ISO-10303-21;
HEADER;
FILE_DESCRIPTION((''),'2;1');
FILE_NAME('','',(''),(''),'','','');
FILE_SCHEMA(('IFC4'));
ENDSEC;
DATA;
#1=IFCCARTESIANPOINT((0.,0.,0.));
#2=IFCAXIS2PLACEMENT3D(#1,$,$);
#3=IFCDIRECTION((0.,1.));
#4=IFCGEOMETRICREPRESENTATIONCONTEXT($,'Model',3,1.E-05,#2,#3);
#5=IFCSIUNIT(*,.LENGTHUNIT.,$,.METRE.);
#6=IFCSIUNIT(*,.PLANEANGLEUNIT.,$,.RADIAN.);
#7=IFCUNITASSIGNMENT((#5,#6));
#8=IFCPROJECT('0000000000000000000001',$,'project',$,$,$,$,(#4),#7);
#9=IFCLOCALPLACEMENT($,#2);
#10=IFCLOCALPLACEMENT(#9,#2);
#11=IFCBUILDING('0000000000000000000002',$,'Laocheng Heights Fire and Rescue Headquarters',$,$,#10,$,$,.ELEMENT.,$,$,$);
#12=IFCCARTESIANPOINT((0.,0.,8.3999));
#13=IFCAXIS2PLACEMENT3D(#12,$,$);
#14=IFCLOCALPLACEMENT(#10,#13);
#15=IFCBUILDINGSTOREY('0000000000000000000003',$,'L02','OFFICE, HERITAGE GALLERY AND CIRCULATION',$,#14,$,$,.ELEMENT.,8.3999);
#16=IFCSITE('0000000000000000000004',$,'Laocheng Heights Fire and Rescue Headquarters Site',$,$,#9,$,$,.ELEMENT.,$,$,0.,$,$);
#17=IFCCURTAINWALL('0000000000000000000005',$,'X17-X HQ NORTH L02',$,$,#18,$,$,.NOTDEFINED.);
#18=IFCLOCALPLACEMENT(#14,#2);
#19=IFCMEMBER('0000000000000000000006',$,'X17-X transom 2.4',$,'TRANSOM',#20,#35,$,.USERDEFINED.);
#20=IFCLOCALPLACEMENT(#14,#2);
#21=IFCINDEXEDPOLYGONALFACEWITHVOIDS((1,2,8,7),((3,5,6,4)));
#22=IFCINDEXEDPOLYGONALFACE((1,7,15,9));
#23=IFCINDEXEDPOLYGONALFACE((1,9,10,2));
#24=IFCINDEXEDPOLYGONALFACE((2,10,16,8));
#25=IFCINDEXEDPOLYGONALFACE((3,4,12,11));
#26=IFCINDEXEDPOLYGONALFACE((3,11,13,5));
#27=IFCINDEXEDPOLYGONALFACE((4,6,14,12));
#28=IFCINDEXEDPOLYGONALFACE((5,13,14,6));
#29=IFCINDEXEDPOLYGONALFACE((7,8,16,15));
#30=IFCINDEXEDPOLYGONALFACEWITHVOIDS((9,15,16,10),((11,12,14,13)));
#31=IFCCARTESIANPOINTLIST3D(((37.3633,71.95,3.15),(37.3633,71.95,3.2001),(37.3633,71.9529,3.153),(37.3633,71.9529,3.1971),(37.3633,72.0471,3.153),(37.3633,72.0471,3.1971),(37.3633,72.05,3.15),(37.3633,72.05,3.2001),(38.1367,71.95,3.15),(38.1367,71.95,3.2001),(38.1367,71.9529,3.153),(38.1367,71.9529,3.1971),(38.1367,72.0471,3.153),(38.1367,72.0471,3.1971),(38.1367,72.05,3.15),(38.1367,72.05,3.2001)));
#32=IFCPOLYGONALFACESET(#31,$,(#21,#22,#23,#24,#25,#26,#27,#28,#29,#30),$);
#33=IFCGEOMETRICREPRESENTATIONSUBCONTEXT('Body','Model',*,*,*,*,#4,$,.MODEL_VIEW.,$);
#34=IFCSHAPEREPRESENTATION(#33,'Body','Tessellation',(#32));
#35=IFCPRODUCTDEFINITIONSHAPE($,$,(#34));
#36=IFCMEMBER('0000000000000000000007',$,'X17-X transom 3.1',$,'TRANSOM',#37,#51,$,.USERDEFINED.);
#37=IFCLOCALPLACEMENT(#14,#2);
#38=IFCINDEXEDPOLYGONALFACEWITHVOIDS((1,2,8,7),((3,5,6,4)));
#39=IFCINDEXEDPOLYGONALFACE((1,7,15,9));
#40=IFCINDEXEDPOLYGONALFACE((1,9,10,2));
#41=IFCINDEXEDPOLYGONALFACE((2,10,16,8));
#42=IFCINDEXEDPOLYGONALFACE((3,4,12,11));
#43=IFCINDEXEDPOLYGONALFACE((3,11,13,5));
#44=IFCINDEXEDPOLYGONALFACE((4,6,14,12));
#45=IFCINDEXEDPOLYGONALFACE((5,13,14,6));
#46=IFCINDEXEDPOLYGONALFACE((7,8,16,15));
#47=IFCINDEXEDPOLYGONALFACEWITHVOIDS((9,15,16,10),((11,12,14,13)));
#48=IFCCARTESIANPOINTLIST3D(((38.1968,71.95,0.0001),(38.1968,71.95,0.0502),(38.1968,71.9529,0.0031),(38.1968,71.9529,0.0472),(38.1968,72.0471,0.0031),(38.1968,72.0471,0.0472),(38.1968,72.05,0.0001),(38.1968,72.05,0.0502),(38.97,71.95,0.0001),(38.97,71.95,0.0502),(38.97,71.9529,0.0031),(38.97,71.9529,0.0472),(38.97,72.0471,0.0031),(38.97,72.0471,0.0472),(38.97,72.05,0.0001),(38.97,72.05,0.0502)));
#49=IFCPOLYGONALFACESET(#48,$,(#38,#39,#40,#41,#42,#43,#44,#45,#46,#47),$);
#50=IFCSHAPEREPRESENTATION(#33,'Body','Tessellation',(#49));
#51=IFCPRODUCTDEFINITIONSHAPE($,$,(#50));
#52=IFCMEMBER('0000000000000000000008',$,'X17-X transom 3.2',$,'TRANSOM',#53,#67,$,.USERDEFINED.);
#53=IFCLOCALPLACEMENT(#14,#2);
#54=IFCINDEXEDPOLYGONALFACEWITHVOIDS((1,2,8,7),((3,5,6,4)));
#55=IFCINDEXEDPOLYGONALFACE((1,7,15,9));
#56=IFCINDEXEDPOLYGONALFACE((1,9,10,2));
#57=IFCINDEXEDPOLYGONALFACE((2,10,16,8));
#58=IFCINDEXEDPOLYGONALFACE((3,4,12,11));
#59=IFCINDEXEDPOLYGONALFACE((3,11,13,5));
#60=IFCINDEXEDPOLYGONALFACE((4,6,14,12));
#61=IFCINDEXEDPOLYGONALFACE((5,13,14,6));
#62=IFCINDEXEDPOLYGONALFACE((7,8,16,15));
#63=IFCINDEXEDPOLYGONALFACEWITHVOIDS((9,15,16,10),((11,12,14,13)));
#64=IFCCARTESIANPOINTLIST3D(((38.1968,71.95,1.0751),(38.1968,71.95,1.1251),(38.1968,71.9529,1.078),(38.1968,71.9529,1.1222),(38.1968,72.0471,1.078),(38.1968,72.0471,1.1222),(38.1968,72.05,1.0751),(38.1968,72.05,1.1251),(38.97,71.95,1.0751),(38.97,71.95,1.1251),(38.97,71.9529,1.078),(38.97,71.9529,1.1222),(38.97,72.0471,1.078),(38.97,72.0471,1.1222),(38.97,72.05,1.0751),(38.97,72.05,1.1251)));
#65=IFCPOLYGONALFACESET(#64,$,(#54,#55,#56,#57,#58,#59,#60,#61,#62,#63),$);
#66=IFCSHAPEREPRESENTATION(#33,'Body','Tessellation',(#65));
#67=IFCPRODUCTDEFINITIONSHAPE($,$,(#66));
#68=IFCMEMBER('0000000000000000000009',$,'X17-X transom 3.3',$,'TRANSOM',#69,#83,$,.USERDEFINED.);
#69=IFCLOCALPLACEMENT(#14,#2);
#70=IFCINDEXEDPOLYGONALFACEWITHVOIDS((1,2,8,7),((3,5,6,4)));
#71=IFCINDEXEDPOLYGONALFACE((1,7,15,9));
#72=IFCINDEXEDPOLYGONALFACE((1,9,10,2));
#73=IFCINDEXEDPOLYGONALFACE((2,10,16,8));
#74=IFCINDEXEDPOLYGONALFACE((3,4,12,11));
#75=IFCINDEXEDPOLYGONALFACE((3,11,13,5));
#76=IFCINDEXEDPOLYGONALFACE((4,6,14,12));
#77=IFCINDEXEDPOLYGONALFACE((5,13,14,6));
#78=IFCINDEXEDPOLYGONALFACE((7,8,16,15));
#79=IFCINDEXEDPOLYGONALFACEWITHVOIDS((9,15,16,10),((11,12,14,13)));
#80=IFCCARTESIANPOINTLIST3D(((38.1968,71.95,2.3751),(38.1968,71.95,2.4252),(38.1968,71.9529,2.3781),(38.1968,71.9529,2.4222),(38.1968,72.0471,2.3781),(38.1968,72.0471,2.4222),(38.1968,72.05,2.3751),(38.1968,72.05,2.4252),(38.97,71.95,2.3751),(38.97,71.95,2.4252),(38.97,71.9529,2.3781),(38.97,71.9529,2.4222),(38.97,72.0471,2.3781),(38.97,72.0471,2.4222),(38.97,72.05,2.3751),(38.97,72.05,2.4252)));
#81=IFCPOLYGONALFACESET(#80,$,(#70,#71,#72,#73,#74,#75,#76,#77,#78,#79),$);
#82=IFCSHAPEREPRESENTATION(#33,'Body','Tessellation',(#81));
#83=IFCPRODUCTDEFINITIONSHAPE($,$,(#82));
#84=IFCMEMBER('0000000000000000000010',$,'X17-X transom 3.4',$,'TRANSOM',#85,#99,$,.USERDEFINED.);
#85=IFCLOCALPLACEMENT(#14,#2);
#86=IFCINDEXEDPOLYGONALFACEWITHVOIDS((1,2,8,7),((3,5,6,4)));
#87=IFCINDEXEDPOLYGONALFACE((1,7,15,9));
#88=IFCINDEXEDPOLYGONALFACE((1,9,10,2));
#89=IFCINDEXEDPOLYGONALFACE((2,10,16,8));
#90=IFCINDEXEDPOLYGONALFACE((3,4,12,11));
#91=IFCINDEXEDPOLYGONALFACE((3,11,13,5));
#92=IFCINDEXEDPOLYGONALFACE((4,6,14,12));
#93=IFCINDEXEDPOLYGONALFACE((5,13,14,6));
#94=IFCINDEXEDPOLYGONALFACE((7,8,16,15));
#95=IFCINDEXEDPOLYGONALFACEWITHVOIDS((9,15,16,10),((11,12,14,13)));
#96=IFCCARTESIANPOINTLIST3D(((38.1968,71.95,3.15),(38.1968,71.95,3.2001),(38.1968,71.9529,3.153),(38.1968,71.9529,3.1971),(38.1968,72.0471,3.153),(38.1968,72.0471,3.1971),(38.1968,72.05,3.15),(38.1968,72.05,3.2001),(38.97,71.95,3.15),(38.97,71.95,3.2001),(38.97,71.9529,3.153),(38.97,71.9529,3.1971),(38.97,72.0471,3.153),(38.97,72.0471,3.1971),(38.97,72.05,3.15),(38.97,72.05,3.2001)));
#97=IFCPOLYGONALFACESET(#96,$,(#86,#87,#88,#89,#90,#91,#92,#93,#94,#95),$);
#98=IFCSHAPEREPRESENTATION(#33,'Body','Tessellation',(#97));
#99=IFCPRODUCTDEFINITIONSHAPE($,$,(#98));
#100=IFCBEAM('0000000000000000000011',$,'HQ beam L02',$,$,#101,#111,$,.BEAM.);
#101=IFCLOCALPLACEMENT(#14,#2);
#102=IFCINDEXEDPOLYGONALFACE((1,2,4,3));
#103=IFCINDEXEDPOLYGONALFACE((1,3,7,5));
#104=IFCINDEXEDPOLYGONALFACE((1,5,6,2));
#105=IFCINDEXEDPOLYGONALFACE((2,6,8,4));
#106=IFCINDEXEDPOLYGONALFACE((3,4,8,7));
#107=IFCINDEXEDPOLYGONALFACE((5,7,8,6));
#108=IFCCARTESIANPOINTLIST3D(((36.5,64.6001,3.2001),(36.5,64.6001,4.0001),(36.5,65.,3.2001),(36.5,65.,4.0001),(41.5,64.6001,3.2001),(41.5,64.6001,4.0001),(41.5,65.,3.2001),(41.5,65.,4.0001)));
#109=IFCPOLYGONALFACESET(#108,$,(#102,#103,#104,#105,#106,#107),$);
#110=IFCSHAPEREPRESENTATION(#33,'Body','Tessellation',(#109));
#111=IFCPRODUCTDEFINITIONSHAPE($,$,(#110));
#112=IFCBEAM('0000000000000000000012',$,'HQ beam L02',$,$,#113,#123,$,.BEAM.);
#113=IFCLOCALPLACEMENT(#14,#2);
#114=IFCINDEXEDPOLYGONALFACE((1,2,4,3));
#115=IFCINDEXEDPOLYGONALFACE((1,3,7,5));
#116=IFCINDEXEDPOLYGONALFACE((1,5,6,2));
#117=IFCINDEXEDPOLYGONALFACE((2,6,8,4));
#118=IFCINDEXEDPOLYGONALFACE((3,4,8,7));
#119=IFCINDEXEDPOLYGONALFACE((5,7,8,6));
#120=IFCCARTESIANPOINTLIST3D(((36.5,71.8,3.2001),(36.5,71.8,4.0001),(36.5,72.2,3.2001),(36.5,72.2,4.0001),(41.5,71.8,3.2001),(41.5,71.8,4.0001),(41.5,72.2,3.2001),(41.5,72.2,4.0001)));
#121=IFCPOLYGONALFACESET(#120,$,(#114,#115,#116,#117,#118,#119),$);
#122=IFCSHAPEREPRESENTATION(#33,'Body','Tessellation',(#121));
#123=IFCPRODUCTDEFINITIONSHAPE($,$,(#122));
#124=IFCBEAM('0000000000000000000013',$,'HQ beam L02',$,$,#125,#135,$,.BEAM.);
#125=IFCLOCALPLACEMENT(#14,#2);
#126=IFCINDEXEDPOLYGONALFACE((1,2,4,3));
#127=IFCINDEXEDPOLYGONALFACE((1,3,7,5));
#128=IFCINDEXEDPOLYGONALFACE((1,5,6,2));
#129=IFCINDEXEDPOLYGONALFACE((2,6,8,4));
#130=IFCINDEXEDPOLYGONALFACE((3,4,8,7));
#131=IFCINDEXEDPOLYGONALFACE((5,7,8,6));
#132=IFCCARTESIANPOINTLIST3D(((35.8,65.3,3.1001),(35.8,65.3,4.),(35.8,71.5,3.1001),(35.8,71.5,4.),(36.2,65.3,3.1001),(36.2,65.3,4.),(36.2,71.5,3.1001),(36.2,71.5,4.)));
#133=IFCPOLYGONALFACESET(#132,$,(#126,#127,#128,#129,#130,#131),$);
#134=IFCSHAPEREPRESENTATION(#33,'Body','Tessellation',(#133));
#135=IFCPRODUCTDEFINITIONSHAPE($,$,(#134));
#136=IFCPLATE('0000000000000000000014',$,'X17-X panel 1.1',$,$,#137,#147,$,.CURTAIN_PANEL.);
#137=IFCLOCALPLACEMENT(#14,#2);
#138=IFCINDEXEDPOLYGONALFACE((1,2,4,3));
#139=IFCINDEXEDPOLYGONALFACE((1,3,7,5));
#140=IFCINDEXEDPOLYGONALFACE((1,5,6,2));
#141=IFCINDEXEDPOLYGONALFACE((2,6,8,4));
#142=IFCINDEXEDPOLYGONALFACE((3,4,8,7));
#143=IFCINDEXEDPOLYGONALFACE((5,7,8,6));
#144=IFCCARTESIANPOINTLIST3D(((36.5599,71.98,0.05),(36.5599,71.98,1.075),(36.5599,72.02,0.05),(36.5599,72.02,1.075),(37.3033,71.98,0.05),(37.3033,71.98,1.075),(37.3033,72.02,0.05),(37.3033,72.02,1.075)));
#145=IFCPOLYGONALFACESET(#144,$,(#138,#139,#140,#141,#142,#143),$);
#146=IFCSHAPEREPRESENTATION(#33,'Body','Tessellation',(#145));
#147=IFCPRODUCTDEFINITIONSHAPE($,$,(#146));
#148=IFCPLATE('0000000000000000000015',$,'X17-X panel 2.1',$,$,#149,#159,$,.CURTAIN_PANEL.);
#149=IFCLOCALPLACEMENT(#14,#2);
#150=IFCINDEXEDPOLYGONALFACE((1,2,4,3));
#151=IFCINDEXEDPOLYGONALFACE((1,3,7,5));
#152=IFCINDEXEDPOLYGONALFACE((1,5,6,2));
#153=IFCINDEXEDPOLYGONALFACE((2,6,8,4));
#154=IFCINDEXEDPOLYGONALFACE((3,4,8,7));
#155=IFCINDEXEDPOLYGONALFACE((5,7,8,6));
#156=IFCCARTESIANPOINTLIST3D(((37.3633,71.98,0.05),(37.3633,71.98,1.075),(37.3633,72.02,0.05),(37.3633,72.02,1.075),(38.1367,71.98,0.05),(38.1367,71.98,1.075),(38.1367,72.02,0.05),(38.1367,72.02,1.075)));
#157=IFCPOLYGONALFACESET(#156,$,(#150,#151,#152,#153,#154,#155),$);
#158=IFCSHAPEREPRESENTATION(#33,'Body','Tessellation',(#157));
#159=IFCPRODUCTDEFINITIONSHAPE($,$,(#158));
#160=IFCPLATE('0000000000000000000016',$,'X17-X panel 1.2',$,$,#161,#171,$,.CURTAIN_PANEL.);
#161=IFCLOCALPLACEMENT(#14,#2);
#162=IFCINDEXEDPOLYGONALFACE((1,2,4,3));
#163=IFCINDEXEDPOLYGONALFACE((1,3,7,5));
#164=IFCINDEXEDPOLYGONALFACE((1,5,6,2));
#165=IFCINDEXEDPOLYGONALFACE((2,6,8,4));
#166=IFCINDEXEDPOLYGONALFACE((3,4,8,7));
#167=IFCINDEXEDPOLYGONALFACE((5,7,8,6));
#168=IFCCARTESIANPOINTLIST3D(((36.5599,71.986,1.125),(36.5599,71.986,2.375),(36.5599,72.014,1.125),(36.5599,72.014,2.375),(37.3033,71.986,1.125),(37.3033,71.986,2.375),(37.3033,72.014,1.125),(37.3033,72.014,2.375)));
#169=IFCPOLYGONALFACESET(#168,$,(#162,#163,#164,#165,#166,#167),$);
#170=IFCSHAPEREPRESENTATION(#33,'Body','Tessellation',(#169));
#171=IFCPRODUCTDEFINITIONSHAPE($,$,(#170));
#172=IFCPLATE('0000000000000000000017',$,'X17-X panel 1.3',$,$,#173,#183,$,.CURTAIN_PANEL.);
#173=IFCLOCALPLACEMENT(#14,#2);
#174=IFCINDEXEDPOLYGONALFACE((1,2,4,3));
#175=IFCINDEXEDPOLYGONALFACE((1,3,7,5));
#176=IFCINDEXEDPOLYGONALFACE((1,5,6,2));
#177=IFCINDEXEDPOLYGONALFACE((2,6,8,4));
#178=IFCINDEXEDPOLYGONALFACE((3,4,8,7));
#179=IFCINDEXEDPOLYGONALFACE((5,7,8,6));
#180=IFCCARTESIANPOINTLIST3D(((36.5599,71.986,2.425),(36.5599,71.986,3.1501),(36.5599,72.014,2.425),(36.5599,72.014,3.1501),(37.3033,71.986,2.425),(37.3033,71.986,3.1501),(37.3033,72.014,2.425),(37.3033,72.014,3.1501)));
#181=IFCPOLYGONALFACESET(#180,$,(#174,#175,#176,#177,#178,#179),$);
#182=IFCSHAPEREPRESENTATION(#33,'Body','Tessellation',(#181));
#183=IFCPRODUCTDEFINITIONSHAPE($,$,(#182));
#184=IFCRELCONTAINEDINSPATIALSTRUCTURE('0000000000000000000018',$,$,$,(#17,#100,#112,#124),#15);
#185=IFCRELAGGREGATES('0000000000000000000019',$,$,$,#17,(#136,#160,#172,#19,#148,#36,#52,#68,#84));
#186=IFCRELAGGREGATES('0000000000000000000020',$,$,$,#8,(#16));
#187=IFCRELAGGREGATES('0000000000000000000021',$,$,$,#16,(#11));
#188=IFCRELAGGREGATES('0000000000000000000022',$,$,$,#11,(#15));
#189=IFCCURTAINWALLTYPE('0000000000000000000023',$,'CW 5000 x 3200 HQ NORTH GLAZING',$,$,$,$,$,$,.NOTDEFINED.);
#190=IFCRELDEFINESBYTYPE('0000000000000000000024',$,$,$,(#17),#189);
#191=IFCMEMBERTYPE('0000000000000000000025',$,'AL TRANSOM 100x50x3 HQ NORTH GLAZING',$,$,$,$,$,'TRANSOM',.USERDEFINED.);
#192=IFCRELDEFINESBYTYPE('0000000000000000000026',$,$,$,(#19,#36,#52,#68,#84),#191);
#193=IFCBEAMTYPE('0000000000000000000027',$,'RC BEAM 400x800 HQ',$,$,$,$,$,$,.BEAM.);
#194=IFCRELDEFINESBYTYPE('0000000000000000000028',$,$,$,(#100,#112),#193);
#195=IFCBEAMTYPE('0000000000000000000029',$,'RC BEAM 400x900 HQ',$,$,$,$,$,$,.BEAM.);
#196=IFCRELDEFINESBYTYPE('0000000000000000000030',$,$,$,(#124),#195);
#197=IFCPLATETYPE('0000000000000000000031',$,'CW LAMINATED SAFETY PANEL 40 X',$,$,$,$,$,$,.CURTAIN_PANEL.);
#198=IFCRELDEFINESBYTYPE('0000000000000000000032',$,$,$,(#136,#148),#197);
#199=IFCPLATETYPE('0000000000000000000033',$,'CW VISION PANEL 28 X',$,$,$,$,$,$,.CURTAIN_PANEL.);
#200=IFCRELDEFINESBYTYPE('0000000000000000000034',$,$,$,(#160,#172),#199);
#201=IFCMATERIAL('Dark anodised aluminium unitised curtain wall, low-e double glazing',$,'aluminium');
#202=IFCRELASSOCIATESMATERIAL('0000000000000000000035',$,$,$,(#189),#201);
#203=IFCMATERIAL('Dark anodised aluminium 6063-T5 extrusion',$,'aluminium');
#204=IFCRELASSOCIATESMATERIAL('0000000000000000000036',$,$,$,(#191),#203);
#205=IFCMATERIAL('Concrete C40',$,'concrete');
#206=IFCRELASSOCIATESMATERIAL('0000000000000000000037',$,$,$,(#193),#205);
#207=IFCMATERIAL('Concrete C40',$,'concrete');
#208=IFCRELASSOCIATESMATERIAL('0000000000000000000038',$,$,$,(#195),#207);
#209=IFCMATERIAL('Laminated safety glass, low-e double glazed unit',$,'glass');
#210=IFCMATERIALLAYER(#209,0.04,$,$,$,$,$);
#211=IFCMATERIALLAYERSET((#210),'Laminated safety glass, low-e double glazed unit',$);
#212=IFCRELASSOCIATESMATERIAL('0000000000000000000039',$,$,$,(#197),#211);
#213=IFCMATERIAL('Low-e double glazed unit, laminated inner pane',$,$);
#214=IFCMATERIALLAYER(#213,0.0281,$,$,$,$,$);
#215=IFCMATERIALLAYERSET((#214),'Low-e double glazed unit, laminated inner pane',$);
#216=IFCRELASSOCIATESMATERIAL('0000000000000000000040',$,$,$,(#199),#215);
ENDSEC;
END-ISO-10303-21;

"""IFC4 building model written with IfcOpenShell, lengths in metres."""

from ifc_helpers import new_model, si_unit, direction, frame, origin, origin_2d, place, context, subcontext, project, spatial, rectangle, hollow_rectangle, extrude, material, layer, layer_set, material_profile, profile_set, type_object, element, aggregate, save


model = new_model("IFC4")

# Units and contexts
model_context = context("Model", 3, precision=1e-05, world=origin(), true_north=direction((0.0, 1.0)))
body_context = subcontext(model_context, "Body", "Model", "MODEL_VIEW")
ifc_project = project(units=[si_unit("LENGTHUNIT", "METRE"), si_unit("PLANEANGLEUNIT", "RADIAN")], contexts=[model_context])

# Site, building, storey
site_placement = place(None, origin())
site = spatial("IfcSite", under=ifc_project, at=site_placement, Name="Laocheng Heights Fire and Rescue Headquarters Site", CompositionType="ELEMENT", RefElevation=0.0)
building_placement = place(site_placement, origin())
building = spatial("IfcBuilding", under=site, at=building_placement, Name="Laocheng Heights Fire and Rescue Headquarters", CompositionType="ELEMENT")
storey_placement = place(building_placement, frame((0.0, 0.0, 8.3999)))
storey = spatial("IfcBuildingStorey", under=building, at=storey_placement, Name="L02", Description="OFFICE, HERITAGE GALLERY AND CIRCULATION", CompositionType="ELEMENT", Elevation=8.3999)

# Curtain wall, members
ifc_material_1 = material(Name="Dark anodised aluminium unitised curtain wall, low-e double glazing", Category="aluminium")
curtain_wall_type = type_object("IfcCurtainWallType", Name="CW 5000 x 3200 HQ NORTH GLAZING", PredefinedType="NOTDEFINED", material=ifc_material_1)
curtain_wall_placement = place(storey_placement, origin())
curtain_wall = element("IfcCurtainWall", 1, at=curtain_wall_placement, inside=storey, type_object=curtain_wall_type, Name="X17-X HQ NORTH L02", PredefinedType="NOTDEFINED")
ifc_material_2 = material(Name="Dark anodised aluminium 6063-T5 extrusion", Category="aluminium")
ifc_material_profile_1 = material_profile(ifc_material_2, hollow_rectangle(XDim=0.1001, YDim=0.05, WallThickness=0.0029, at=origin_2d()), Name="AL TRANSOM 100x50x3 HQ NORTH GLAZING")
ifc_profile_set_1 = profile_set([ifc_material_profile_1], Name="Dark anodised aluminium 6063-T5 extrusion")
member_type_1 = type_object("IfcMemberType", Name="AL TRANSOM 100x50x3 HQ NORTH GLAZING", ElementType="TRANSOM", PredefinedType="USERDEFINED", material=ifc_profile_set_1)
member_1_placement = place(storey_placement, frame((37.3633, 72.0, 3.175), z_axis=(1.0, 0.0, 0.0), x_axis=(0.0, 1.0, 0.0)))
member_1 = element("IfcMember", 2, at=member_1_placement, type_object=member_type_1, Name="X17-X transom 2.4", ObjectType="TRANSOM", PredefinedType="USERDEFINED", context=body_context, shape_type="SweptSolid", body=[
    extrude(hollow_rectangle(XDim=0.1001, YDim=0.05, WallThickness=0.0029, at=origin_2d()), origin(), (0.0, 0.0, 1.0), 0.7734),
])
member_2_placement = place(storey_placement, frame((38.1968, 72.0, 0.0251), z_axis=(1.0, 0.0, 0.0), x_axis=(0.0, 1.0, 0.0)))
member_2 = element("IfcMember", 3, at=member_2_placement, type_object=member_type_1, Name="X17-X transom 3.1", ObjectType="TRANSOM", PredefinedType="USERDEFINED", context=body_context, shape_type="SweptSolid", body=[
    extrude(hollow_rectangle(XDim=0.1001, YDim=0.05, WallThickness=0.0029, at=origin_2d()), origin(), (0.0, 0.0, 1.0), 0.7732),
])
member_3_placement = place(storey_placement, frame((38.1968, 72.0, 1.1001), z_axis=(1.0, 0.0, 0.0), x_axis=(0.0, 1.0, 0.0)))
member_3 = element("IfcMember", 4, at=member_3_placement, type_object=member_type_1, Name="X17-X transom 3.2", ObjectType="TRANSOM", PredefinedType="USERDEFINED", context=body_context, shape_type="SweptSolid", body=[
    extrude(hollow_rectangle(XDim=0.1001, YDim=0.05, WallThickness=0.0029, at=origin_2d()), origin(), (0.0, 0.0, 1.0), 0.7732),
])
member_4_placement = place(storey_placement, frame((38.1968, 72.0, 2.4001), z_axis=(1.0, 0.0, 0.0), x_axis=(0.0, 1.0, 0.0)))
member_4 = element("IfcMember", 5, at=member_4_placement, type_object=member_type_1, Name="X17-X transom 3.3", ObjectType="TRANSOM", PredefinedType="USERDEFINED", context=body_context, shape_type="SweptSolid", body=[
    extrude(hollow_rectangle(XDim=0.1001, YDim=0.05, WallThickness=0.0029, at=origin_2d()), origin(), (0.0, 0.0, 1.0), 0.7732),
])
member_5_placement = place(storey_placement, frame((38.1968, 72.0, 3.175), z_axis=(1.0, 0.0, 0.0), x_axis=(0.0, 1.0, 0.0)))
member_5 = element("IfcMember", 6, at=member_5_placement, type_object=member_type_1, Name="X17-X transom 3.4", ObjectType="TRANSOM", PredefinedType="USERDEFINED", context=body_context, shape_type="SweptSolid", body=[
    extrude(hollow_rectangle(XDim=0.1001, YDim=0.05, WallThickness=0.0029, at=origin_2d()), origin(), (0.0, 0.0, 1.0), 0.7732),
])

# Beams
ifc_material_3 = material(Name="Concrete C40", Category="concrete")
ifc_material_profile_2 = material_profile(ifc_material_3, rectangle(XDim=0.3999, YDim=0.8, at=origin_2d()), Name="RC BEAM 400x800 HQ")
ifc_profile_set_2 = profile_set([ifc_material_profile_2], Name="Concrete C40")
beam_type_1 = type_object("IfcBeamType", Name="RC BEAM 400x800 HQ", PredefinedType="BEAM", material=ifc_profile_set_2)
for number, where, z_axis, x_axis, name in (
    (7, (36.5, 64.8, 3.6001), (1.0, 0.0, 0.0), (0.0, 1.0, 0.0), "HQ beam L02"),
    (8, (36.5, 72.0, 3.6001), (1.0, 0.0, 0.0), (0.0, 1.0, 0.0), "HQ beam L02"),
):
    element("IfcBeam", number, at=place(storey_placement, frame(where, z_axis=z_axis, x_axis=x_axis)), inside=storey, type_object=beam_type_1, Name=name, PredefinedType="BEAM", context=body_context, shape_type="SweptSolid", body=[
        extrude(rectangle(XDim=0.3999, YDim=0.8, at=origin_2d()), origin(), (0.0, 0.0, 1.0), 5.0),
    ])
ifc_material_4 = material(Name="Concrete C40", Category="concrete")
ifc_material_profile_3 = material_profile(ifc_material_4, rectangle(XDim=0.3999, YDim=0.8999, at=origin_2d()), Name="RC BEAM 400x900 HQ")
ifc_profile_set_3 = profile_set([ifc_material_profile_3], Name="Concrete C40")
beam_type_2 = type_object("IfcBeamType", Name="RC BEAM 400x900 HQ", PredefinedType="BEAM", material=ifc_profile_set_3)
beam_placement = place(storey_placement, frame((36.0, 65.3, 3.55), z_axis=(0.0, 1.0, 0.0), x_axis=(-1.0, 0.0, 0.0)))
element("IfcBeam", 9, at=beam_placement, inside=storey, type_object=beam_type_2, Name="HQ beam L02", PredefinedType="BEAM", context=body_context, shape_type="SweptSolid", body=[
    extrude(rectangle(XDim=0.3999, YDim=0.8999, at=origin_2d()), origin(), (0.0, 0.0, 1.0), 6.2),
])

# Plates
ifc_material_5 = material(Name="Laminated safety glass, low-e double glazed unit", Category="glass")
ifc_layer_1 = layer(ifc_material_5, 0.04)
ifc_layer_set_1 = layer_set([ifc_layer_1], Name="Laminated safety glass, low-e double glazed unit")
plate_type_1 = type_object("IfcPlateType", Name="CW LAMINATED SAFETY PANEL 40 X", PredefinedType="CURTAIN_PANEL", material=ifc_layer_set_1)
plate_1_placement = place(storey_placement, frame((36.9316, 72.0, 0.05), z_axis=(0.0, 0.0, 1.0), x_axis=(1.0, 0.0, 0.0)))
plate_1 = element("IfcPlate", 10, at=plate_1_placement, type_object=plate_type_1, Name="X17-X panel 1.1", PredefinedType="CURTAIN_PANEL", context=body_context, shape_type="SweptSolid", body=[
    extrude(rectangle(XDim=0.7434, YDim=0.04, at=origin_2d()), origin(), (0.0, 0.0, 1.0), 1.0249),
])
plate_2_placement = place(storey_placement, frame((37.75, 72.0, 0.05), z_axis=(0.0, 0.0, 1.0), x_axis=(1.0, 0.0, 0.0)))
plate_2 = element("IfcPlate", 11, at=plate_2_placement, type_object=plate_type_1, Name="X17-X panel 2.1", PredefinedType="CURTAIN_PANEL", context=body_context, shape_type="SweptSolid", body=[
    extrude(rectangle(XDim=0.7734, YDim=0.04, at=origin_2d()), origin(), (0.0, 0.0, 1.0), 1.0249),
])
ifc_material_6 = material(Name="Low-e double glazed unit, laminated inner pane")
ifc_layer_2 = layer(ifc_material_6, 0.0281)
ifc_layer_set_2 = layer_set([ifc_layer_2], Name="Low-e double glazed unit, laminated inner pane")
plate_type_2 = type_object("IfcPlateType", Name="CW VISION PANEL 28 X", PredefinedType="CURTAIN_PANEL", material=ifc_layer_set_2)
plate_3_placement = place(storey_placement, frame((36.9316, 72.0, 1.125), z_axis=(0.0, 0.0, 1.0), x_axis=(1.0, 0.0, 0.0)))
plate_3 = element("IfcPlate", 12, at=plate_3_placement, type_object=plate_type_2, Name="X17-X panel 1.2", PredefinedType="CURTAIN_PANEL", context=body_context, shape_type="SweptSolid", body=[
    extrude(rectangle(XDim=0.7434, YDim=0.0281, at=origin_2d()), origin(), (0.0, 0.0, 1.0), 1.25),
])
plate_4_placement = place(storey_placement, frame((36.9316, 72.0, 2.425), z_axis=(0.0, 0.0, 1.0), x_axis=(1.0, 0.0, 0.0)))
plate_4 = element("IfcPlate", 13, at=plate_4_placement, type_object=plate_type_2, Name="X17-X panel 1.3", PredefinedType="CURTAIN_PANEL", context=body_context, shape_type="SweptSolid", body=[
    extrude(rectangle(XDim=0.7434, YDim=0.0281, at=origin_2d()), origin(), (0.0, 0.0, 1.0), 0.7251),
])
aggregate(curtain_wall, [plate_1, plate_3, plate_4, member_1, plate_2, member_2, member_3, member_4, member_5])

save(model, "model.ifc")
